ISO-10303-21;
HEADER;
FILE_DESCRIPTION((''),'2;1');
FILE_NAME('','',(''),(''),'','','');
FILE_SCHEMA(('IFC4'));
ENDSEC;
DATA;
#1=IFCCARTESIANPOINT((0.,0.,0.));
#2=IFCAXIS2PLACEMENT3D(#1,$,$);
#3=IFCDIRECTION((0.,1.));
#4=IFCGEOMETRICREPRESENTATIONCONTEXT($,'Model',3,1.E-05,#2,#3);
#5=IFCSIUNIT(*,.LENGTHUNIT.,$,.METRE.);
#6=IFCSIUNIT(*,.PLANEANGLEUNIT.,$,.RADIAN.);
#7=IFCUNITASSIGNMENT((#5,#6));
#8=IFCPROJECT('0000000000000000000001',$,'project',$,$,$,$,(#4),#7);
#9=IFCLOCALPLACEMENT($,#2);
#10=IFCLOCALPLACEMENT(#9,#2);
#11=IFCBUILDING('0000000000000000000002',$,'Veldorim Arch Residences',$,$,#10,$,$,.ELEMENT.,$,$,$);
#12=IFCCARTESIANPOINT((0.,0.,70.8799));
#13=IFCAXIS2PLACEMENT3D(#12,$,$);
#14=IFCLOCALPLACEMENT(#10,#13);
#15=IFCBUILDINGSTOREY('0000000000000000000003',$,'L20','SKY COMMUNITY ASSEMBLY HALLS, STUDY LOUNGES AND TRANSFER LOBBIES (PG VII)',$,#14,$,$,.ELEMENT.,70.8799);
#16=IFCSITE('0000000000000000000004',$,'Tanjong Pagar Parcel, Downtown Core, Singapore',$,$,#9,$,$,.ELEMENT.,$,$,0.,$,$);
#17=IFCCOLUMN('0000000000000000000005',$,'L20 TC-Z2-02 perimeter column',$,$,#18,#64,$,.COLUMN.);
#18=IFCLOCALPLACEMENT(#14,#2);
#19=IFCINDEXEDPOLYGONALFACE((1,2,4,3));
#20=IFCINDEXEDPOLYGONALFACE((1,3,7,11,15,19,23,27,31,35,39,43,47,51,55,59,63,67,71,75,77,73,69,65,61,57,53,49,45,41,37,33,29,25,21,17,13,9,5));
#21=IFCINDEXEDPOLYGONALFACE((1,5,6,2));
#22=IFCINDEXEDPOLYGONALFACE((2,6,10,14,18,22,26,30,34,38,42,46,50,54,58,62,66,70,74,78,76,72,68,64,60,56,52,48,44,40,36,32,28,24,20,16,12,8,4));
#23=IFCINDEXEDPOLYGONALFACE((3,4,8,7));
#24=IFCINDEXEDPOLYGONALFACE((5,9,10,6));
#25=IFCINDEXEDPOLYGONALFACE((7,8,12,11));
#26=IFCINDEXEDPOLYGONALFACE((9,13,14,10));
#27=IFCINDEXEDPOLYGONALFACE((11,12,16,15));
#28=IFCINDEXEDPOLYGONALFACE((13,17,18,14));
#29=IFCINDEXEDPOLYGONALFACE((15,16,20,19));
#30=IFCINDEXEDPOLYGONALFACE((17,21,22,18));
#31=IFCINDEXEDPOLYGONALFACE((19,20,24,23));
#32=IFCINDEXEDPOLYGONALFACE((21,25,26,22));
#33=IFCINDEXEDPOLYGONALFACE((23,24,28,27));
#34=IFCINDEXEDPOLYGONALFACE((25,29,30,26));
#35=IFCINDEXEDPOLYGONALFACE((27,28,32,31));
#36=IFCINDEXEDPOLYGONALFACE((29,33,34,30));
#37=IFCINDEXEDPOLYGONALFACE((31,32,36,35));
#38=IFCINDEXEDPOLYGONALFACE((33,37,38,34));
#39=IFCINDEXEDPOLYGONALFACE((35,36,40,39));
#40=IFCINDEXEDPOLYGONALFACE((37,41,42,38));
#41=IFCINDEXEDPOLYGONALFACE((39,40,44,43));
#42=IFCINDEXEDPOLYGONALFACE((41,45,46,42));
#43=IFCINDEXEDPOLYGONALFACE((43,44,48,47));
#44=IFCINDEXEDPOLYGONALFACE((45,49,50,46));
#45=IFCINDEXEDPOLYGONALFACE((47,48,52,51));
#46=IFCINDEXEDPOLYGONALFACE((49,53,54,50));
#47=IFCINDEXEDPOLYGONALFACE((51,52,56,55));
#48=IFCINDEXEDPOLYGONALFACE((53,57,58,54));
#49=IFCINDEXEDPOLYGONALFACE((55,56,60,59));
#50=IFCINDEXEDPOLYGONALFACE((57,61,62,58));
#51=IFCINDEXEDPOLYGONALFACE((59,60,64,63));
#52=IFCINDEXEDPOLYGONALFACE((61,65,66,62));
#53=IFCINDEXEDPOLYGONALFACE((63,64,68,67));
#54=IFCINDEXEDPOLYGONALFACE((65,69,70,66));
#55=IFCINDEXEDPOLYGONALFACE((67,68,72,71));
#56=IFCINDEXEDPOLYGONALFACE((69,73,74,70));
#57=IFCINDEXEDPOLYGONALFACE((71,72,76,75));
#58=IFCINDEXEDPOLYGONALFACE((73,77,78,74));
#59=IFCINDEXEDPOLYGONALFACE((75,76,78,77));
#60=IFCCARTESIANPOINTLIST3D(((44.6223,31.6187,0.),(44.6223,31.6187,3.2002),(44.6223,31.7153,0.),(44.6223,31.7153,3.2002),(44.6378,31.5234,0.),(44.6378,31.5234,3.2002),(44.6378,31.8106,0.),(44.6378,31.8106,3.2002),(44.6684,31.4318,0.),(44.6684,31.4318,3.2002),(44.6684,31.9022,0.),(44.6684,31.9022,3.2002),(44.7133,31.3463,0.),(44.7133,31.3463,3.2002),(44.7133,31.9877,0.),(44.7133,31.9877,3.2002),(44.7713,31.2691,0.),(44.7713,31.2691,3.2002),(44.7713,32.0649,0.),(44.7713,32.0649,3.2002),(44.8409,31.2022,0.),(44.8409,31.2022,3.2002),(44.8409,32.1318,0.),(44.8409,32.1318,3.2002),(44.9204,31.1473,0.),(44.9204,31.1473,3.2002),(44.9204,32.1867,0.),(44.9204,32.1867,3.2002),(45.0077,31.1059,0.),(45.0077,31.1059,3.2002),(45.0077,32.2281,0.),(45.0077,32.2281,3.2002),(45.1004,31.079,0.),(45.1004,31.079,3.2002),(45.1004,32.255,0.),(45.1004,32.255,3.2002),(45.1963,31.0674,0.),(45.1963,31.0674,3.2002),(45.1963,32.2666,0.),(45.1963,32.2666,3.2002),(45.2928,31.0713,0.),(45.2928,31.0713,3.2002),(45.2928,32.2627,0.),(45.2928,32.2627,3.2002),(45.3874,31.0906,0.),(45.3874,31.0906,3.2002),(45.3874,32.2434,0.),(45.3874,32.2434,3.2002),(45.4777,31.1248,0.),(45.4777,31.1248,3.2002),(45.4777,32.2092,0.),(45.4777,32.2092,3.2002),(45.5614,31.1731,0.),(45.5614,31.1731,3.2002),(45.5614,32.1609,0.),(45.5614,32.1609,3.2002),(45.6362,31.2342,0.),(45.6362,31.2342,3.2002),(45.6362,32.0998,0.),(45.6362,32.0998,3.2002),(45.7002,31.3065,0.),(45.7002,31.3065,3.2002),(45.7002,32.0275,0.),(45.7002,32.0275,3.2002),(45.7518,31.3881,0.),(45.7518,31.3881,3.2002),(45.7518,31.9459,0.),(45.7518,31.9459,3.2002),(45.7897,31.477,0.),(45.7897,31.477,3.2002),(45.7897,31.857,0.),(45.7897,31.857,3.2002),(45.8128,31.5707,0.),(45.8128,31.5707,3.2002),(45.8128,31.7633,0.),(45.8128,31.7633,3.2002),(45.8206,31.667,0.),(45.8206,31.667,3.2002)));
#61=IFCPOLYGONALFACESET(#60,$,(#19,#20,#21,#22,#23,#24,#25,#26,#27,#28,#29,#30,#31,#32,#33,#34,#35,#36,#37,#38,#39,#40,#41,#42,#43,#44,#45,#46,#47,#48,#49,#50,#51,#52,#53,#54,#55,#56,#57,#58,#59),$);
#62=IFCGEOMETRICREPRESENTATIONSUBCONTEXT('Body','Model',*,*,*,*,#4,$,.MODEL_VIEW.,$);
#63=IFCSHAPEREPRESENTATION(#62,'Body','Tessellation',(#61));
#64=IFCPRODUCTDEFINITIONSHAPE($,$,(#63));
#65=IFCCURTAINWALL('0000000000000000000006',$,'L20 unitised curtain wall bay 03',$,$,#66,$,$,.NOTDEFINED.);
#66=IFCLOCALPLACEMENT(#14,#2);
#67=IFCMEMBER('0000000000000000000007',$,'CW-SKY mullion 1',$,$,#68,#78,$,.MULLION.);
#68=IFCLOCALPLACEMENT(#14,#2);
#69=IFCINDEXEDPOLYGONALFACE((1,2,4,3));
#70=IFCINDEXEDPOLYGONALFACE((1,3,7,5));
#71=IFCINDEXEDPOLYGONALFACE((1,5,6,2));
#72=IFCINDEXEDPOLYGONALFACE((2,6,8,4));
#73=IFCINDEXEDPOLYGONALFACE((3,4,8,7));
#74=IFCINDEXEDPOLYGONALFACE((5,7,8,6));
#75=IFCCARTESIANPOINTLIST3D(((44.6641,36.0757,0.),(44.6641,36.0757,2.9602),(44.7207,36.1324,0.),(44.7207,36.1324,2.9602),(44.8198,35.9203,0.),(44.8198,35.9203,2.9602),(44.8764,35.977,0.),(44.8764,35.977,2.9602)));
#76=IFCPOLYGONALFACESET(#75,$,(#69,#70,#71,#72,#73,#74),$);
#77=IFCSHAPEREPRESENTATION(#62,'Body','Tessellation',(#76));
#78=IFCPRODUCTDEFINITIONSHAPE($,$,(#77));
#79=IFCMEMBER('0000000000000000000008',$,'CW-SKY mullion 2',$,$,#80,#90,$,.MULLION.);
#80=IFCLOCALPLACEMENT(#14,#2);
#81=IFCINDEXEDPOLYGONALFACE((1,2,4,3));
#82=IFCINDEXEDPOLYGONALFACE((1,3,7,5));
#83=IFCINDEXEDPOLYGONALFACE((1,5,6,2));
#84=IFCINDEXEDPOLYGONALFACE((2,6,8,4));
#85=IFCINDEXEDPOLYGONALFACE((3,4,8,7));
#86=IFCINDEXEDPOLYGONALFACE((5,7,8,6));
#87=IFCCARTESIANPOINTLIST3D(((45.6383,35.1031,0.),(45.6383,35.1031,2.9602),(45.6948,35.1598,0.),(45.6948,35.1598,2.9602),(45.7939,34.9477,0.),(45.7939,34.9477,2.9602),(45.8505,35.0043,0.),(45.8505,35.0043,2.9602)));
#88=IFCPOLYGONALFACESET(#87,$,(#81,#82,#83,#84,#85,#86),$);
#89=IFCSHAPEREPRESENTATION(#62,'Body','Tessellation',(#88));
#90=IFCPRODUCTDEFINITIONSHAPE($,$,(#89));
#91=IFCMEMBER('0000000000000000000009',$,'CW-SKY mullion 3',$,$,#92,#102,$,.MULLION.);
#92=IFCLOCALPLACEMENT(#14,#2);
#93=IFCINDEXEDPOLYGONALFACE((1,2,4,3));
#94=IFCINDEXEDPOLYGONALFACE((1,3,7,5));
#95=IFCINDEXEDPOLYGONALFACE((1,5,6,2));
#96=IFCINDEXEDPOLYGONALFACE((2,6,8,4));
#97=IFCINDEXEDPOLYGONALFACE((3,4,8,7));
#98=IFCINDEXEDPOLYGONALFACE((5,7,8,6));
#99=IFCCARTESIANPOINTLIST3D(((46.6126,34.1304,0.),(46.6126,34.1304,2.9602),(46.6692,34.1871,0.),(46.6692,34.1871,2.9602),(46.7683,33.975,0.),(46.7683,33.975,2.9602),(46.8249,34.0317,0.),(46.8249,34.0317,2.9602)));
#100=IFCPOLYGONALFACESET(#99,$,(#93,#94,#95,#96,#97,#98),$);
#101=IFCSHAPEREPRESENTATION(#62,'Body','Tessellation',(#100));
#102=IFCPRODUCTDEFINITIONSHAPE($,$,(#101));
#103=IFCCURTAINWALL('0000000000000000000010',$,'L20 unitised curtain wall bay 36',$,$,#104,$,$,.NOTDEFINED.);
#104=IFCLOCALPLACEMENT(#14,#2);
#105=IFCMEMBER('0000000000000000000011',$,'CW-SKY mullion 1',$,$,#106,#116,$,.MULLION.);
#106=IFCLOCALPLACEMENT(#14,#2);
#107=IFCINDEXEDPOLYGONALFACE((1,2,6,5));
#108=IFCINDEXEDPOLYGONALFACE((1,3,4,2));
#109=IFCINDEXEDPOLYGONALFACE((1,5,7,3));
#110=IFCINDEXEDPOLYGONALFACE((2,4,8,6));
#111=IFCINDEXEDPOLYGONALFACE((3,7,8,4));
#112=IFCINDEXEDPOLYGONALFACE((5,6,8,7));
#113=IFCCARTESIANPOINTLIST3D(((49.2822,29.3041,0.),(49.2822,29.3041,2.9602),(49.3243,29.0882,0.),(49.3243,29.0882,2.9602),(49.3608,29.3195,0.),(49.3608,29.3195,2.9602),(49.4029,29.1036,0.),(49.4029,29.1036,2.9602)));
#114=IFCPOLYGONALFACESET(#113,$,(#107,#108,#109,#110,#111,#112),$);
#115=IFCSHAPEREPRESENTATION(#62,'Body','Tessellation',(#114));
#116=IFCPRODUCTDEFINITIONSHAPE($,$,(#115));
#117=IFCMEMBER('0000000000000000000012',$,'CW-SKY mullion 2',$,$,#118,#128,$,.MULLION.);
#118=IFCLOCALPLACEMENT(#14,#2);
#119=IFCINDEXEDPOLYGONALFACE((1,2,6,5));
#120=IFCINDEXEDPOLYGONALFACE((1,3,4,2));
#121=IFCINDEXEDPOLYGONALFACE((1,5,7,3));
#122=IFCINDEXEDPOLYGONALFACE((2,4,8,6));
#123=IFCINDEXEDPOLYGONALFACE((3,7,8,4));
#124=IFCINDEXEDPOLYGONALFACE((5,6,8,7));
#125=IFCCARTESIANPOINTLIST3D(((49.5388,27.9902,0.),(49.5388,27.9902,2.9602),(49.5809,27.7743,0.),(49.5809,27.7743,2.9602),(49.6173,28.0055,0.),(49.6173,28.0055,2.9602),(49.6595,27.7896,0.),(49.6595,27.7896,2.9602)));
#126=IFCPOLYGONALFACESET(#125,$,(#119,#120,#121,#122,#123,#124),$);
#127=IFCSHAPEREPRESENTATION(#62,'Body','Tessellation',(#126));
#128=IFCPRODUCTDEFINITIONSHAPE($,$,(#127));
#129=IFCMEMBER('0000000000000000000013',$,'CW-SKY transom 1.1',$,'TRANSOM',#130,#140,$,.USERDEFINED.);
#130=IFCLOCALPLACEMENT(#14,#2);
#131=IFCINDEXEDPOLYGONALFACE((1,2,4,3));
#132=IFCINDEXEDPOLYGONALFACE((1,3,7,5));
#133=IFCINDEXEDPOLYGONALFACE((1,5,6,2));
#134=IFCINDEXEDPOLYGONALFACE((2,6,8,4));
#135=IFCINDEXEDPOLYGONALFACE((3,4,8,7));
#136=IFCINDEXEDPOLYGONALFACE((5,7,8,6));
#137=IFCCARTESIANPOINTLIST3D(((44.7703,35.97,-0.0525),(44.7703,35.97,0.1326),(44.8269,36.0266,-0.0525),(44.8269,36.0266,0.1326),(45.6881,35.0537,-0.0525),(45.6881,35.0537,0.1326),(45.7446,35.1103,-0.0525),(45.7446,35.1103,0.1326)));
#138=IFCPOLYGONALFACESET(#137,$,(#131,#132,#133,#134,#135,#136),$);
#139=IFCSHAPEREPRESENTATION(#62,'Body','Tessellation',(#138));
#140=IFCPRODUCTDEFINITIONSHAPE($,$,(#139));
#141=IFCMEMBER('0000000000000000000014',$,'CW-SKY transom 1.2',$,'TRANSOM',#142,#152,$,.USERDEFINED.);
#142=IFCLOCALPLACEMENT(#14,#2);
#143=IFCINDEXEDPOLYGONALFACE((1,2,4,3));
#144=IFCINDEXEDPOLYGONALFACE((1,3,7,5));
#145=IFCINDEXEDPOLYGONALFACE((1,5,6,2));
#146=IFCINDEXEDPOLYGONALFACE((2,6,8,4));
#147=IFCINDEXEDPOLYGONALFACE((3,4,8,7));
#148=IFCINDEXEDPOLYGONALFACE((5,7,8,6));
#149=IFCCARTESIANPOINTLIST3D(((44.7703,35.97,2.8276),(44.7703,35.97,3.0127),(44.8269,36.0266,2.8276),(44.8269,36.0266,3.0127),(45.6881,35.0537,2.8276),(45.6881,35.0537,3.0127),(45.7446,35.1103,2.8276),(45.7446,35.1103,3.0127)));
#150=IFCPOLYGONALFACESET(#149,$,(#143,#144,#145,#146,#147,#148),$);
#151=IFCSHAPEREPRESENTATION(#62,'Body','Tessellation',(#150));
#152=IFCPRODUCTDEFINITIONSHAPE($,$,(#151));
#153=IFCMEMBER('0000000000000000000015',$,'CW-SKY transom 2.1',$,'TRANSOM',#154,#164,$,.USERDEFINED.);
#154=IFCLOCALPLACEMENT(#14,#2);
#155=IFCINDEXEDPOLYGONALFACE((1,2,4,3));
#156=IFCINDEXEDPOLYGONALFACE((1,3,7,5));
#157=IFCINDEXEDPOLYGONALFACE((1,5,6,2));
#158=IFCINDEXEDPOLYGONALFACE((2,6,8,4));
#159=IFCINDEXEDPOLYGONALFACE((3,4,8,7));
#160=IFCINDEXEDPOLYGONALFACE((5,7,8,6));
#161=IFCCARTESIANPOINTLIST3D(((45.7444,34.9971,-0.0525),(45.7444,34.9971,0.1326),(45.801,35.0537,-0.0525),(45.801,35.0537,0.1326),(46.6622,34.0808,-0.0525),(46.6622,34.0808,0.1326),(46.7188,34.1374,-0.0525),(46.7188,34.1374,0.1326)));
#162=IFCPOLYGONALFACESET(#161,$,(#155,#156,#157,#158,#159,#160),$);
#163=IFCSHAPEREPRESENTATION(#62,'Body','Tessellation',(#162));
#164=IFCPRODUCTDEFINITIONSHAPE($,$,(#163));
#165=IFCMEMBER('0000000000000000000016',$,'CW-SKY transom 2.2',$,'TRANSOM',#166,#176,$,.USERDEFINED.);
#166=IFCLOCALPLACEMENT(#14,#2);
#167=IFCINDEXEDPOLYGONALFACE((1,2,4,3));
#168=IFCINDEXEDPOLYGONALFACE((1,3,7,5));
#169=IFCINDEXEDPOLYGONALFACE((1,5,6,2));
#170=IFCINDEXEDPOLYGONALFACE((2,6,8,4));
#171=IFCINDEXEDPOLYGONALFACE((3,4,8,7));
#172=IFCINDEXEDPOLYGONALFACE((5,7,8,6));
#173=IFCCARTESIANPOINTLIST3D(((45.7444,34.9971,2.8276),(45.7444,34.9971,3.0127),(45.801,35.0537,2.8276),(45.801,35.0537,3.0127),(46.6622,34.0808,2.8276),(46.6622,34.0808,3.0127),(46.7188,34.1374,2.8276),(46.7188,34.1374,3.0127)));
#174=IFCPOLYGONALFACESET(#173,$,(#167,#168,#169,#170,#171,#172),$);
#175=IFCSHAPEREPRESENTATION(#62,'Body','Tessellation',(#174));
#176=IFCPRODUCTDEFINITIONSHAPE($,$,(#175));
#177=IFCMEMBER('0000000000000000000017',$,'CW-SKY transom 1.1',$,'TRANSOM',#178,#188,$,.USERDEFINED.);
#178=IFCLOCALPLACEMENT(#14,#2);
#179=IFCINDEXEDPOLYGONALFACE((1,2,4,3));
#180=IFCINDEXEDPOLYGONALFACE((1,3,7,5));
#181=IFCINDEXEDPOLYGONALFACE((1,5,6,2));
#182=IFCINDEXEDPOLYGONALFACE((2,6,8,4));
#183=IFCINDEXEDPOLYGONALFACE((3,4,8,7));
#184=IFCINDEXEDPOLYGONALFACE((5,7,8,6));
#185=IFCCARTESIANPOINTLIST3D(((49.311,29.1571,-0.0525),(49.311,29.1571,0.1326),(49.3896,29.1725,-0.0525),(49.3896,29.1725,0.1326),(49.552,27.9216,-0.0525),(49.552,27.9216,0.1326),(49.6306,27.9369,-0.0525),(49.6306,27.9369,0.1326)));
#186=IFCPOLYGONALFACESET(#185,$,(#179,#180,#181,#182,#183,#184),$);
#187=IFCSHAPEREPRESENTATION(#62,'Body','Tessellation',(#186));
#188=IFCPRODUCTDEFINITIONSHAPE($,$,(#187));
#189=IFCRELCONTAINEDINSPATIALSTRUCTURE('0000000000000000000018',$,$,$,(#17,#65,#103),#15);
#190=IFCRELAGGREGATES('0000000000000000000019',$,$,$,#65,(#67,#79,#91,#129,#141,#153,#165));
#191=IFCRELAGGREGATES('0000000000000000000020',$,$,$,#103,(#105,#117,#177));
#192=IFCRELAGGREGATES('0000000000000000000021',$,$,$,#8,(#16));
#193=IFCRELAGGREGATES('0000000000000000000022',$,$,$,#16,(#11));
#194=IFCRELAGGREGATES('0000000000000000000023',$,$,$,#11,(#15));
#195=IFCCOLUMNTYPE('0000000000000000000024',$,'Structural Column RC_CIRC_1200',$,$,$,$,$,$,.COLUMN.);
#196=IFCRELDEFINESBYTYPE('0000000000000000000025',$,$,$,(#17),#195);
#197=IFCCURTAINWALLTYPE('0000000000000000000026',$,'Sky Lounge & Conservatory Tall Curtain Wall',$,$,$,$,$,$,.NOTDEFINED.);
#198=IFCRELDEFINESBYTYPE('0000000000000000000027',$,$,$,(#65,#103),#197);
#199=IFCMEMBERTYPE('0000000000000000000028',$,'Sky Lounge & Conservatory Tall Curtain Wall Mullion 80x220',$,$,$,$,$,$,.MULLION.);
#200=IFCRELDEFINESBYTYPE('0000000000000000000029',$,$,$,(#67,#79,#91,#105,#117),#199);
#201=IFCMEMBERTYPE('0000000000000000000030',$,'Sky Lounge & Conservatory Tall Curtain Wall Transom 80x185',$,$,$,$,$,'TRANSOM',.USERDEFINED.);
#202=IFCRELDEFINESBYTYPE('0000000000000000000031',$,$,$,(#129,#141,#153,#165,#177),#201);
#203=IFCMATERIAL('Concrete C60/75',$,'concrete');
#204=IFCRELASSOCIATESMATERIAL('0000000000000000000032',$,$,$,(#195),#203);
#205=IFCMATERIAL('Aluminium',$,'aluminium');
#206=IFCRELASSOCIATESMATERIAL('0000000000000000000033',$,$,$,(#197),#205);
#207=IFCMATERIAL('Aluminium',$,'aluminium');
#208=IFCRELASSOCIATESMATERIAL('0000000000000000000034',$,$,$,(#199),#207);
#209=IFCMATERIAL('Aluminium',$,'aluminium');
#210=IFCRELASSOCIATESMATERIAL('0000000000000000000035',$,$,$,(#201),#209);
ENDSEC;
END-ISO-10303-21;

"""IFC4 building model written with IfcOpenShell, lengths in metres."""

from ifc_helpers import new_model, si_unit, direction, frame, origin, origin_2d, place, context, subcontext, project, spatial, rectangle, circle, extrude, material, material_profile, profile_set, type_object, element, aggregate, save


model = new_model("IFC4")

# Units and contexts
model_context = context("Model", 3, precision=1e-05, world=origin(), true_north=direction((0.0, 1.0)))
body_context = subcontext(model_context, "Body", "Model", "MODEL_VIEW")
ifc_project = project(units=[si_unit("LENGTHUNIT", "METRE"), si_unit("PLANEANGLEUNIT", "RADIAN")], contexts=[model_context])

# Site, building, storey
site_placement = place(None, origin())
site = spatial("IfcSite", under=ifc_project, at=site_placement, Name="Tanjong Pagar Parcel, Downtown Core, Singapore", CompositionType="ELEMENT", RefElevation=0.0)
building_placement = place(site_placement, origin())
building = spatial("IfcBuilding", under=site, at=building_placement, Name="Veldorim Arch Residences", CompositionType="ELEMENT")
storey_placement = place(building_placement, frame((0.0, 0.0, 70.8799)))
storey = spatial("IfcBuildingStorey", under=building, at=storey_placement, Name="L20", Description="SKY COMMUNITY ASSEMBLY HALLS, STUDY LOUNGES AND TRANSFER LOBBIES (PG VII)", CompositionType="ELEMENT", Elevation=70.8799)

# Column
ifc_material_1 = material(Name="Concrete C60/75", Category="concrete")
ifc_material_profile_1 = material_profile(ifc_material_1, circle(Radius=0.6001, at=origin_2d()), Name="RC_CIRC_1200")
ifc_profile_set_1 = profile_set([ifc_material_profile_1], Name="Concrete C60/75")
column_type = type_object("IfcColumnType", Name="Structural Column RC_CIRC_1200", PredefinedType="COLUMN", material=ifc_profile_set_1)
column_placement = place(storey_placement, frame((45.2205, 31.667, 0.0), z_axis=(0.0, 0.0, 1.0), x_axis=(1.0, 0.0, 0.0)))
element("IfcColumn", 1, at=column_placement, inside=storey, type_object=column_type, Name="L20 TC-Z2-02 perimeter column", PredefinedType="COLUMN", context=body_context, shape_type="SweptSolid", body=[
    extrude(circle(Radius=0.6001, at=origin_2d()), origin(), (0.0, 0.0, 1.0), 3.2002),
])

# Curtain walls, members
ifc_material_2 = material(Name="Aluminium", Category="aluminium")
curtain_wall_type = type_object("IfcCurtainWallType", Name="Sky Lounge & Conservatory Tall Curtain Wall", PredefinedType="NOTDEFINED", material=ifc_material_2)
curtain_wall_1_placement = place(storey_placement, origin())
curtain_wall_1 = element("IfcCurtainWall", 2, at=curtain_wall_1_placement, inside=storey, type_object=curtain_wall_type, Name="L20 unitised curtain wall bay 03", PredefinedType="NOTDEFINED")
ifc_material_3 = material(Name="Aluminium", Category="aluminium")
ifc_material_profile_2 = material_profile(ifc_material_3, rectangle(XDim=0.0801, YDim=0.22, at=origin_2d()), Name="ALU_MUL_80x220")
ifc_profile_set_2 = profile_set([ifc_material_profile_2], Name="Aluminium")
member_type_1 = type_object("IfcMemberType", Name="Sky Lounge & Conservatory Tall Curtain Wall Mullion 80x220", PredefinedType="MULLION", material=ifc_profile_set_2)
member_1_placement = place(storey_placement, frame((44.7703, 36.0264, 0.0), z_axis=(0.0, 0.0, 1.0), x_axis=(0.706577, 0.707636, 0.0)))
member_1 = element("IfcMember", 3, at=member_1_placement, type_object=member_type_1, Name="CW-SKY mullion 1", PredefinedType="MULLION", context=body_context, shape_type="SweptSolid", body=[
    extrude(rectangle(XDim=0.0801, YDim=0.22, at=origin_2d()), origin(), (0.0, 0.0, 1.0), 2.9602),
])
member_2_placement = place(storey_placement, frame((45.7444, 35.0537, 0.0), z_axis=(0.0, 0.0, 1.0), x_axis=(0.706577, 0.707636, 0.0)))
member_2 = element("IfcMember", 4, at=member_2_placement, type_object=member_type_1, Name="CW-SKY mullion 2", PredefinedType="MULLION", context=body_context, shape_type="SweptSolid", body=[
    extrude(rectangle(XDim=0.0801, YDim=0.22, at=origin_2d()), origin(), (0.0, 0.0, 1.0), 2.9602),
])
member_3_placement = place(storey_placement, frame((46.7188, 34.0811, 0.0), z_axis=(0.0, 0.0, 1.0), x_axis=(0.706577, 0.707636, 0.0)))
member_3 = element("IfcMember", 5, at=member_3_placement, type_object=member_type_1, Name="CW-SKY mullion 3", PredefinedType="MULLION", context=body_context, shape_type="SweptSolid", body=[
    extrude(rectangle(XDim=0.0801, YDim=0.22, at=origin_2d()), origin(), (0.0, 0.0, 1.0), 2.9602),
])
curtain_wall_2_placement = place(storey_placement, origin())
curtain_wall_2 = element("IfcCurtainWall", 6, at=curtain_wall_2_placement, inside=storey, type_object=curtain_wall_type, Name="L20 unitised curtain wall bay 36", PredefinedType="NOTDEFINED")
member_4_placement = place(storey_placement, frame((49.3425, 29.2039, 0.0), z_axis=(0.0, 0.0, 1.0), x_axis=(0.981477, 0.191581, 0.0)))
member_4 = element("IfcMember", 7, at=member_4_placement, type_object=member_type_1, Name="CW-SKY mullion 1", PredefinedType="MULLION", context=body_context, shape_type="SweptSolid", body=[
    extrude(rectangle(XDim=0.0801, YDim=0.22, at=origin_2d()), origin(), (0.0, 0.0, 1.0), 2.9602),
])
member_5_placement = place(storey_placement, frame((49.5991, 27.8899, 0.0), z_axis=(0.0, 0.0, 1.0), x_axis=(0.981477, 0.191581, 0.0)))
member_5 = element("IfcMember", 8, at=member_5_placement, type_object=member_type_1, Name="CW-SKY mullion 2", PredefinedType="MULLION", context=body_context, shape_type="SweptSolid", body=[
    extrude(rectangle(XDim=0.0801, YDim=0.22, at=origin_2d()), origin(), (0.0, 0.0, 1.0), 2.9602),
])

# Members
ifc_material_4 = material(Name="Aluminium", Category="aluminium")
ifc_material_profile_3 = material_profile(ifc_material_4, rectangle(XDim=0.0801, YDim=0.1851, at=origin_2d()), Name="ALU_TRN_80x185")
ifc_profile_set_3 = profile_set([ifc_material_profile_3], Name="Aluminium")
member_type_2 = type_object("IfcMemberType", Name="Sky Lounge & Conservatory Tall Curtain Wall Transom 80x185", ElementType="TRANSOM", PredefinedType="USERDEFINED", material=ifc_profile_set_3)
member_6_placement = place(storey_placement, frame((44.7986, 35.9983, 0.04), z_axis=(0.707671, -0.706542, 0.0), x_axis=(0.706542, 0.707671, 0.0)))
member_6 = element("IfcMember", 9, at=member_6_placement, type_object=member_type_2, Name="CW-SKY transom 1.1", ObjectType="TRANSOM", PredefinedType="USERDEFINED", context=body_context, shape_type="SweptSolid", body=[
    extrude(rectangle(XDim=0.0801, YDim=0.1851, at=origin_2d()), origin(), (0.0, 0.0, 1.0), 1.2969),
])
member_7_placement = place(storey_placement, frame((44.7986, 35.9983, 2.9202), z_axis=(0.707671, -0.706542, 0.0), x_axis=(0.706542, 0.707671, 0.0)))
member_7 = element("IfcMember", 10, at=member_7_placement, type_object=member_type_2, Name="CW-SKY transom 1.2", ObjectType="TRANSOM", PredefinedType="USERDEFINED", context=body_context, shape_type="SweptSolid", body=[
    extrude(rectangle(XDim=0.0801, YDim=0.1851, at=origin_2d()), origin(), (0.0, 0.0, 1.0), 1.2969),
])
member_8_placement = place(storey_placement, frame((45.7727, 35.0254, 0.04), z_axis=(0.707671, -0.706542, 0.0), x_axis=(0.706542, 0.707671, 0.0)))
member_8 = element("IfcMember", 11, at=member_8_placement, type_object=member_type_2, Name="CW-SKY transom 2.1", ObjectType="TRANSOM", PredefinedType="USERDEFINED", context=body_context, shape_type="SweptSolid", body=[
    extrude(rectangle(XDim=0.0801, YDim=0.1851, at=origin_2d()), origin(), (0.0, 0.0, 1.0), 1.2969),
])
member_9_placement = place(storey_placement, frame((45.7727, 35.0254, 2.9202), z_axis=(0.707671, -0.706542, 0.0), x_axis=(0.706542, 0.707671, 0.0)))
member_9 = element("IfcMember", 12, at=member_9_placement, type_object=member_type_2, Name="CW-SKY transom 2.2", ObjectType="TRANSOM", PredefinedType="USERDEFINED", context=body_context, shape_type="SweptSolid", body=[
    extrude(rectangle(XDim=0.0801, YDim=0.1851, at=origin_2d()), origin(), (0.0, 0.0, 1.0), 1.2969),
])
member_10_placement = place(storey_placement, frame((49.3503, 29.1648, 0.04), z_axis=(0.191415, -0.981509, 0.0), x_axis=(0.981509, 0.191415, 0.0)))
member_10 = element("IfcMember", 13, at=member_10_placement, type_object=member_type_2, Name="CW-SKY transom 1.1", ObjectType="TRANSOM", PredefinedType="USERDEFINED", context=body_context, shape_type="SweptSolid", body=[
    extrude(rectangle(XDim=0.0801, YDim=0.1851, at=origin_2d()), origin(), (0.0, 0.0, 1.0), 1.2588),
])

aggregate(curtain_wall_1, [member_1, member_2, member_3, member_6, member_7, member_8, member_9])
aggregate(curtain_wall_2, [member_4, member_5, member_10])

save(model, "model.ifc")
